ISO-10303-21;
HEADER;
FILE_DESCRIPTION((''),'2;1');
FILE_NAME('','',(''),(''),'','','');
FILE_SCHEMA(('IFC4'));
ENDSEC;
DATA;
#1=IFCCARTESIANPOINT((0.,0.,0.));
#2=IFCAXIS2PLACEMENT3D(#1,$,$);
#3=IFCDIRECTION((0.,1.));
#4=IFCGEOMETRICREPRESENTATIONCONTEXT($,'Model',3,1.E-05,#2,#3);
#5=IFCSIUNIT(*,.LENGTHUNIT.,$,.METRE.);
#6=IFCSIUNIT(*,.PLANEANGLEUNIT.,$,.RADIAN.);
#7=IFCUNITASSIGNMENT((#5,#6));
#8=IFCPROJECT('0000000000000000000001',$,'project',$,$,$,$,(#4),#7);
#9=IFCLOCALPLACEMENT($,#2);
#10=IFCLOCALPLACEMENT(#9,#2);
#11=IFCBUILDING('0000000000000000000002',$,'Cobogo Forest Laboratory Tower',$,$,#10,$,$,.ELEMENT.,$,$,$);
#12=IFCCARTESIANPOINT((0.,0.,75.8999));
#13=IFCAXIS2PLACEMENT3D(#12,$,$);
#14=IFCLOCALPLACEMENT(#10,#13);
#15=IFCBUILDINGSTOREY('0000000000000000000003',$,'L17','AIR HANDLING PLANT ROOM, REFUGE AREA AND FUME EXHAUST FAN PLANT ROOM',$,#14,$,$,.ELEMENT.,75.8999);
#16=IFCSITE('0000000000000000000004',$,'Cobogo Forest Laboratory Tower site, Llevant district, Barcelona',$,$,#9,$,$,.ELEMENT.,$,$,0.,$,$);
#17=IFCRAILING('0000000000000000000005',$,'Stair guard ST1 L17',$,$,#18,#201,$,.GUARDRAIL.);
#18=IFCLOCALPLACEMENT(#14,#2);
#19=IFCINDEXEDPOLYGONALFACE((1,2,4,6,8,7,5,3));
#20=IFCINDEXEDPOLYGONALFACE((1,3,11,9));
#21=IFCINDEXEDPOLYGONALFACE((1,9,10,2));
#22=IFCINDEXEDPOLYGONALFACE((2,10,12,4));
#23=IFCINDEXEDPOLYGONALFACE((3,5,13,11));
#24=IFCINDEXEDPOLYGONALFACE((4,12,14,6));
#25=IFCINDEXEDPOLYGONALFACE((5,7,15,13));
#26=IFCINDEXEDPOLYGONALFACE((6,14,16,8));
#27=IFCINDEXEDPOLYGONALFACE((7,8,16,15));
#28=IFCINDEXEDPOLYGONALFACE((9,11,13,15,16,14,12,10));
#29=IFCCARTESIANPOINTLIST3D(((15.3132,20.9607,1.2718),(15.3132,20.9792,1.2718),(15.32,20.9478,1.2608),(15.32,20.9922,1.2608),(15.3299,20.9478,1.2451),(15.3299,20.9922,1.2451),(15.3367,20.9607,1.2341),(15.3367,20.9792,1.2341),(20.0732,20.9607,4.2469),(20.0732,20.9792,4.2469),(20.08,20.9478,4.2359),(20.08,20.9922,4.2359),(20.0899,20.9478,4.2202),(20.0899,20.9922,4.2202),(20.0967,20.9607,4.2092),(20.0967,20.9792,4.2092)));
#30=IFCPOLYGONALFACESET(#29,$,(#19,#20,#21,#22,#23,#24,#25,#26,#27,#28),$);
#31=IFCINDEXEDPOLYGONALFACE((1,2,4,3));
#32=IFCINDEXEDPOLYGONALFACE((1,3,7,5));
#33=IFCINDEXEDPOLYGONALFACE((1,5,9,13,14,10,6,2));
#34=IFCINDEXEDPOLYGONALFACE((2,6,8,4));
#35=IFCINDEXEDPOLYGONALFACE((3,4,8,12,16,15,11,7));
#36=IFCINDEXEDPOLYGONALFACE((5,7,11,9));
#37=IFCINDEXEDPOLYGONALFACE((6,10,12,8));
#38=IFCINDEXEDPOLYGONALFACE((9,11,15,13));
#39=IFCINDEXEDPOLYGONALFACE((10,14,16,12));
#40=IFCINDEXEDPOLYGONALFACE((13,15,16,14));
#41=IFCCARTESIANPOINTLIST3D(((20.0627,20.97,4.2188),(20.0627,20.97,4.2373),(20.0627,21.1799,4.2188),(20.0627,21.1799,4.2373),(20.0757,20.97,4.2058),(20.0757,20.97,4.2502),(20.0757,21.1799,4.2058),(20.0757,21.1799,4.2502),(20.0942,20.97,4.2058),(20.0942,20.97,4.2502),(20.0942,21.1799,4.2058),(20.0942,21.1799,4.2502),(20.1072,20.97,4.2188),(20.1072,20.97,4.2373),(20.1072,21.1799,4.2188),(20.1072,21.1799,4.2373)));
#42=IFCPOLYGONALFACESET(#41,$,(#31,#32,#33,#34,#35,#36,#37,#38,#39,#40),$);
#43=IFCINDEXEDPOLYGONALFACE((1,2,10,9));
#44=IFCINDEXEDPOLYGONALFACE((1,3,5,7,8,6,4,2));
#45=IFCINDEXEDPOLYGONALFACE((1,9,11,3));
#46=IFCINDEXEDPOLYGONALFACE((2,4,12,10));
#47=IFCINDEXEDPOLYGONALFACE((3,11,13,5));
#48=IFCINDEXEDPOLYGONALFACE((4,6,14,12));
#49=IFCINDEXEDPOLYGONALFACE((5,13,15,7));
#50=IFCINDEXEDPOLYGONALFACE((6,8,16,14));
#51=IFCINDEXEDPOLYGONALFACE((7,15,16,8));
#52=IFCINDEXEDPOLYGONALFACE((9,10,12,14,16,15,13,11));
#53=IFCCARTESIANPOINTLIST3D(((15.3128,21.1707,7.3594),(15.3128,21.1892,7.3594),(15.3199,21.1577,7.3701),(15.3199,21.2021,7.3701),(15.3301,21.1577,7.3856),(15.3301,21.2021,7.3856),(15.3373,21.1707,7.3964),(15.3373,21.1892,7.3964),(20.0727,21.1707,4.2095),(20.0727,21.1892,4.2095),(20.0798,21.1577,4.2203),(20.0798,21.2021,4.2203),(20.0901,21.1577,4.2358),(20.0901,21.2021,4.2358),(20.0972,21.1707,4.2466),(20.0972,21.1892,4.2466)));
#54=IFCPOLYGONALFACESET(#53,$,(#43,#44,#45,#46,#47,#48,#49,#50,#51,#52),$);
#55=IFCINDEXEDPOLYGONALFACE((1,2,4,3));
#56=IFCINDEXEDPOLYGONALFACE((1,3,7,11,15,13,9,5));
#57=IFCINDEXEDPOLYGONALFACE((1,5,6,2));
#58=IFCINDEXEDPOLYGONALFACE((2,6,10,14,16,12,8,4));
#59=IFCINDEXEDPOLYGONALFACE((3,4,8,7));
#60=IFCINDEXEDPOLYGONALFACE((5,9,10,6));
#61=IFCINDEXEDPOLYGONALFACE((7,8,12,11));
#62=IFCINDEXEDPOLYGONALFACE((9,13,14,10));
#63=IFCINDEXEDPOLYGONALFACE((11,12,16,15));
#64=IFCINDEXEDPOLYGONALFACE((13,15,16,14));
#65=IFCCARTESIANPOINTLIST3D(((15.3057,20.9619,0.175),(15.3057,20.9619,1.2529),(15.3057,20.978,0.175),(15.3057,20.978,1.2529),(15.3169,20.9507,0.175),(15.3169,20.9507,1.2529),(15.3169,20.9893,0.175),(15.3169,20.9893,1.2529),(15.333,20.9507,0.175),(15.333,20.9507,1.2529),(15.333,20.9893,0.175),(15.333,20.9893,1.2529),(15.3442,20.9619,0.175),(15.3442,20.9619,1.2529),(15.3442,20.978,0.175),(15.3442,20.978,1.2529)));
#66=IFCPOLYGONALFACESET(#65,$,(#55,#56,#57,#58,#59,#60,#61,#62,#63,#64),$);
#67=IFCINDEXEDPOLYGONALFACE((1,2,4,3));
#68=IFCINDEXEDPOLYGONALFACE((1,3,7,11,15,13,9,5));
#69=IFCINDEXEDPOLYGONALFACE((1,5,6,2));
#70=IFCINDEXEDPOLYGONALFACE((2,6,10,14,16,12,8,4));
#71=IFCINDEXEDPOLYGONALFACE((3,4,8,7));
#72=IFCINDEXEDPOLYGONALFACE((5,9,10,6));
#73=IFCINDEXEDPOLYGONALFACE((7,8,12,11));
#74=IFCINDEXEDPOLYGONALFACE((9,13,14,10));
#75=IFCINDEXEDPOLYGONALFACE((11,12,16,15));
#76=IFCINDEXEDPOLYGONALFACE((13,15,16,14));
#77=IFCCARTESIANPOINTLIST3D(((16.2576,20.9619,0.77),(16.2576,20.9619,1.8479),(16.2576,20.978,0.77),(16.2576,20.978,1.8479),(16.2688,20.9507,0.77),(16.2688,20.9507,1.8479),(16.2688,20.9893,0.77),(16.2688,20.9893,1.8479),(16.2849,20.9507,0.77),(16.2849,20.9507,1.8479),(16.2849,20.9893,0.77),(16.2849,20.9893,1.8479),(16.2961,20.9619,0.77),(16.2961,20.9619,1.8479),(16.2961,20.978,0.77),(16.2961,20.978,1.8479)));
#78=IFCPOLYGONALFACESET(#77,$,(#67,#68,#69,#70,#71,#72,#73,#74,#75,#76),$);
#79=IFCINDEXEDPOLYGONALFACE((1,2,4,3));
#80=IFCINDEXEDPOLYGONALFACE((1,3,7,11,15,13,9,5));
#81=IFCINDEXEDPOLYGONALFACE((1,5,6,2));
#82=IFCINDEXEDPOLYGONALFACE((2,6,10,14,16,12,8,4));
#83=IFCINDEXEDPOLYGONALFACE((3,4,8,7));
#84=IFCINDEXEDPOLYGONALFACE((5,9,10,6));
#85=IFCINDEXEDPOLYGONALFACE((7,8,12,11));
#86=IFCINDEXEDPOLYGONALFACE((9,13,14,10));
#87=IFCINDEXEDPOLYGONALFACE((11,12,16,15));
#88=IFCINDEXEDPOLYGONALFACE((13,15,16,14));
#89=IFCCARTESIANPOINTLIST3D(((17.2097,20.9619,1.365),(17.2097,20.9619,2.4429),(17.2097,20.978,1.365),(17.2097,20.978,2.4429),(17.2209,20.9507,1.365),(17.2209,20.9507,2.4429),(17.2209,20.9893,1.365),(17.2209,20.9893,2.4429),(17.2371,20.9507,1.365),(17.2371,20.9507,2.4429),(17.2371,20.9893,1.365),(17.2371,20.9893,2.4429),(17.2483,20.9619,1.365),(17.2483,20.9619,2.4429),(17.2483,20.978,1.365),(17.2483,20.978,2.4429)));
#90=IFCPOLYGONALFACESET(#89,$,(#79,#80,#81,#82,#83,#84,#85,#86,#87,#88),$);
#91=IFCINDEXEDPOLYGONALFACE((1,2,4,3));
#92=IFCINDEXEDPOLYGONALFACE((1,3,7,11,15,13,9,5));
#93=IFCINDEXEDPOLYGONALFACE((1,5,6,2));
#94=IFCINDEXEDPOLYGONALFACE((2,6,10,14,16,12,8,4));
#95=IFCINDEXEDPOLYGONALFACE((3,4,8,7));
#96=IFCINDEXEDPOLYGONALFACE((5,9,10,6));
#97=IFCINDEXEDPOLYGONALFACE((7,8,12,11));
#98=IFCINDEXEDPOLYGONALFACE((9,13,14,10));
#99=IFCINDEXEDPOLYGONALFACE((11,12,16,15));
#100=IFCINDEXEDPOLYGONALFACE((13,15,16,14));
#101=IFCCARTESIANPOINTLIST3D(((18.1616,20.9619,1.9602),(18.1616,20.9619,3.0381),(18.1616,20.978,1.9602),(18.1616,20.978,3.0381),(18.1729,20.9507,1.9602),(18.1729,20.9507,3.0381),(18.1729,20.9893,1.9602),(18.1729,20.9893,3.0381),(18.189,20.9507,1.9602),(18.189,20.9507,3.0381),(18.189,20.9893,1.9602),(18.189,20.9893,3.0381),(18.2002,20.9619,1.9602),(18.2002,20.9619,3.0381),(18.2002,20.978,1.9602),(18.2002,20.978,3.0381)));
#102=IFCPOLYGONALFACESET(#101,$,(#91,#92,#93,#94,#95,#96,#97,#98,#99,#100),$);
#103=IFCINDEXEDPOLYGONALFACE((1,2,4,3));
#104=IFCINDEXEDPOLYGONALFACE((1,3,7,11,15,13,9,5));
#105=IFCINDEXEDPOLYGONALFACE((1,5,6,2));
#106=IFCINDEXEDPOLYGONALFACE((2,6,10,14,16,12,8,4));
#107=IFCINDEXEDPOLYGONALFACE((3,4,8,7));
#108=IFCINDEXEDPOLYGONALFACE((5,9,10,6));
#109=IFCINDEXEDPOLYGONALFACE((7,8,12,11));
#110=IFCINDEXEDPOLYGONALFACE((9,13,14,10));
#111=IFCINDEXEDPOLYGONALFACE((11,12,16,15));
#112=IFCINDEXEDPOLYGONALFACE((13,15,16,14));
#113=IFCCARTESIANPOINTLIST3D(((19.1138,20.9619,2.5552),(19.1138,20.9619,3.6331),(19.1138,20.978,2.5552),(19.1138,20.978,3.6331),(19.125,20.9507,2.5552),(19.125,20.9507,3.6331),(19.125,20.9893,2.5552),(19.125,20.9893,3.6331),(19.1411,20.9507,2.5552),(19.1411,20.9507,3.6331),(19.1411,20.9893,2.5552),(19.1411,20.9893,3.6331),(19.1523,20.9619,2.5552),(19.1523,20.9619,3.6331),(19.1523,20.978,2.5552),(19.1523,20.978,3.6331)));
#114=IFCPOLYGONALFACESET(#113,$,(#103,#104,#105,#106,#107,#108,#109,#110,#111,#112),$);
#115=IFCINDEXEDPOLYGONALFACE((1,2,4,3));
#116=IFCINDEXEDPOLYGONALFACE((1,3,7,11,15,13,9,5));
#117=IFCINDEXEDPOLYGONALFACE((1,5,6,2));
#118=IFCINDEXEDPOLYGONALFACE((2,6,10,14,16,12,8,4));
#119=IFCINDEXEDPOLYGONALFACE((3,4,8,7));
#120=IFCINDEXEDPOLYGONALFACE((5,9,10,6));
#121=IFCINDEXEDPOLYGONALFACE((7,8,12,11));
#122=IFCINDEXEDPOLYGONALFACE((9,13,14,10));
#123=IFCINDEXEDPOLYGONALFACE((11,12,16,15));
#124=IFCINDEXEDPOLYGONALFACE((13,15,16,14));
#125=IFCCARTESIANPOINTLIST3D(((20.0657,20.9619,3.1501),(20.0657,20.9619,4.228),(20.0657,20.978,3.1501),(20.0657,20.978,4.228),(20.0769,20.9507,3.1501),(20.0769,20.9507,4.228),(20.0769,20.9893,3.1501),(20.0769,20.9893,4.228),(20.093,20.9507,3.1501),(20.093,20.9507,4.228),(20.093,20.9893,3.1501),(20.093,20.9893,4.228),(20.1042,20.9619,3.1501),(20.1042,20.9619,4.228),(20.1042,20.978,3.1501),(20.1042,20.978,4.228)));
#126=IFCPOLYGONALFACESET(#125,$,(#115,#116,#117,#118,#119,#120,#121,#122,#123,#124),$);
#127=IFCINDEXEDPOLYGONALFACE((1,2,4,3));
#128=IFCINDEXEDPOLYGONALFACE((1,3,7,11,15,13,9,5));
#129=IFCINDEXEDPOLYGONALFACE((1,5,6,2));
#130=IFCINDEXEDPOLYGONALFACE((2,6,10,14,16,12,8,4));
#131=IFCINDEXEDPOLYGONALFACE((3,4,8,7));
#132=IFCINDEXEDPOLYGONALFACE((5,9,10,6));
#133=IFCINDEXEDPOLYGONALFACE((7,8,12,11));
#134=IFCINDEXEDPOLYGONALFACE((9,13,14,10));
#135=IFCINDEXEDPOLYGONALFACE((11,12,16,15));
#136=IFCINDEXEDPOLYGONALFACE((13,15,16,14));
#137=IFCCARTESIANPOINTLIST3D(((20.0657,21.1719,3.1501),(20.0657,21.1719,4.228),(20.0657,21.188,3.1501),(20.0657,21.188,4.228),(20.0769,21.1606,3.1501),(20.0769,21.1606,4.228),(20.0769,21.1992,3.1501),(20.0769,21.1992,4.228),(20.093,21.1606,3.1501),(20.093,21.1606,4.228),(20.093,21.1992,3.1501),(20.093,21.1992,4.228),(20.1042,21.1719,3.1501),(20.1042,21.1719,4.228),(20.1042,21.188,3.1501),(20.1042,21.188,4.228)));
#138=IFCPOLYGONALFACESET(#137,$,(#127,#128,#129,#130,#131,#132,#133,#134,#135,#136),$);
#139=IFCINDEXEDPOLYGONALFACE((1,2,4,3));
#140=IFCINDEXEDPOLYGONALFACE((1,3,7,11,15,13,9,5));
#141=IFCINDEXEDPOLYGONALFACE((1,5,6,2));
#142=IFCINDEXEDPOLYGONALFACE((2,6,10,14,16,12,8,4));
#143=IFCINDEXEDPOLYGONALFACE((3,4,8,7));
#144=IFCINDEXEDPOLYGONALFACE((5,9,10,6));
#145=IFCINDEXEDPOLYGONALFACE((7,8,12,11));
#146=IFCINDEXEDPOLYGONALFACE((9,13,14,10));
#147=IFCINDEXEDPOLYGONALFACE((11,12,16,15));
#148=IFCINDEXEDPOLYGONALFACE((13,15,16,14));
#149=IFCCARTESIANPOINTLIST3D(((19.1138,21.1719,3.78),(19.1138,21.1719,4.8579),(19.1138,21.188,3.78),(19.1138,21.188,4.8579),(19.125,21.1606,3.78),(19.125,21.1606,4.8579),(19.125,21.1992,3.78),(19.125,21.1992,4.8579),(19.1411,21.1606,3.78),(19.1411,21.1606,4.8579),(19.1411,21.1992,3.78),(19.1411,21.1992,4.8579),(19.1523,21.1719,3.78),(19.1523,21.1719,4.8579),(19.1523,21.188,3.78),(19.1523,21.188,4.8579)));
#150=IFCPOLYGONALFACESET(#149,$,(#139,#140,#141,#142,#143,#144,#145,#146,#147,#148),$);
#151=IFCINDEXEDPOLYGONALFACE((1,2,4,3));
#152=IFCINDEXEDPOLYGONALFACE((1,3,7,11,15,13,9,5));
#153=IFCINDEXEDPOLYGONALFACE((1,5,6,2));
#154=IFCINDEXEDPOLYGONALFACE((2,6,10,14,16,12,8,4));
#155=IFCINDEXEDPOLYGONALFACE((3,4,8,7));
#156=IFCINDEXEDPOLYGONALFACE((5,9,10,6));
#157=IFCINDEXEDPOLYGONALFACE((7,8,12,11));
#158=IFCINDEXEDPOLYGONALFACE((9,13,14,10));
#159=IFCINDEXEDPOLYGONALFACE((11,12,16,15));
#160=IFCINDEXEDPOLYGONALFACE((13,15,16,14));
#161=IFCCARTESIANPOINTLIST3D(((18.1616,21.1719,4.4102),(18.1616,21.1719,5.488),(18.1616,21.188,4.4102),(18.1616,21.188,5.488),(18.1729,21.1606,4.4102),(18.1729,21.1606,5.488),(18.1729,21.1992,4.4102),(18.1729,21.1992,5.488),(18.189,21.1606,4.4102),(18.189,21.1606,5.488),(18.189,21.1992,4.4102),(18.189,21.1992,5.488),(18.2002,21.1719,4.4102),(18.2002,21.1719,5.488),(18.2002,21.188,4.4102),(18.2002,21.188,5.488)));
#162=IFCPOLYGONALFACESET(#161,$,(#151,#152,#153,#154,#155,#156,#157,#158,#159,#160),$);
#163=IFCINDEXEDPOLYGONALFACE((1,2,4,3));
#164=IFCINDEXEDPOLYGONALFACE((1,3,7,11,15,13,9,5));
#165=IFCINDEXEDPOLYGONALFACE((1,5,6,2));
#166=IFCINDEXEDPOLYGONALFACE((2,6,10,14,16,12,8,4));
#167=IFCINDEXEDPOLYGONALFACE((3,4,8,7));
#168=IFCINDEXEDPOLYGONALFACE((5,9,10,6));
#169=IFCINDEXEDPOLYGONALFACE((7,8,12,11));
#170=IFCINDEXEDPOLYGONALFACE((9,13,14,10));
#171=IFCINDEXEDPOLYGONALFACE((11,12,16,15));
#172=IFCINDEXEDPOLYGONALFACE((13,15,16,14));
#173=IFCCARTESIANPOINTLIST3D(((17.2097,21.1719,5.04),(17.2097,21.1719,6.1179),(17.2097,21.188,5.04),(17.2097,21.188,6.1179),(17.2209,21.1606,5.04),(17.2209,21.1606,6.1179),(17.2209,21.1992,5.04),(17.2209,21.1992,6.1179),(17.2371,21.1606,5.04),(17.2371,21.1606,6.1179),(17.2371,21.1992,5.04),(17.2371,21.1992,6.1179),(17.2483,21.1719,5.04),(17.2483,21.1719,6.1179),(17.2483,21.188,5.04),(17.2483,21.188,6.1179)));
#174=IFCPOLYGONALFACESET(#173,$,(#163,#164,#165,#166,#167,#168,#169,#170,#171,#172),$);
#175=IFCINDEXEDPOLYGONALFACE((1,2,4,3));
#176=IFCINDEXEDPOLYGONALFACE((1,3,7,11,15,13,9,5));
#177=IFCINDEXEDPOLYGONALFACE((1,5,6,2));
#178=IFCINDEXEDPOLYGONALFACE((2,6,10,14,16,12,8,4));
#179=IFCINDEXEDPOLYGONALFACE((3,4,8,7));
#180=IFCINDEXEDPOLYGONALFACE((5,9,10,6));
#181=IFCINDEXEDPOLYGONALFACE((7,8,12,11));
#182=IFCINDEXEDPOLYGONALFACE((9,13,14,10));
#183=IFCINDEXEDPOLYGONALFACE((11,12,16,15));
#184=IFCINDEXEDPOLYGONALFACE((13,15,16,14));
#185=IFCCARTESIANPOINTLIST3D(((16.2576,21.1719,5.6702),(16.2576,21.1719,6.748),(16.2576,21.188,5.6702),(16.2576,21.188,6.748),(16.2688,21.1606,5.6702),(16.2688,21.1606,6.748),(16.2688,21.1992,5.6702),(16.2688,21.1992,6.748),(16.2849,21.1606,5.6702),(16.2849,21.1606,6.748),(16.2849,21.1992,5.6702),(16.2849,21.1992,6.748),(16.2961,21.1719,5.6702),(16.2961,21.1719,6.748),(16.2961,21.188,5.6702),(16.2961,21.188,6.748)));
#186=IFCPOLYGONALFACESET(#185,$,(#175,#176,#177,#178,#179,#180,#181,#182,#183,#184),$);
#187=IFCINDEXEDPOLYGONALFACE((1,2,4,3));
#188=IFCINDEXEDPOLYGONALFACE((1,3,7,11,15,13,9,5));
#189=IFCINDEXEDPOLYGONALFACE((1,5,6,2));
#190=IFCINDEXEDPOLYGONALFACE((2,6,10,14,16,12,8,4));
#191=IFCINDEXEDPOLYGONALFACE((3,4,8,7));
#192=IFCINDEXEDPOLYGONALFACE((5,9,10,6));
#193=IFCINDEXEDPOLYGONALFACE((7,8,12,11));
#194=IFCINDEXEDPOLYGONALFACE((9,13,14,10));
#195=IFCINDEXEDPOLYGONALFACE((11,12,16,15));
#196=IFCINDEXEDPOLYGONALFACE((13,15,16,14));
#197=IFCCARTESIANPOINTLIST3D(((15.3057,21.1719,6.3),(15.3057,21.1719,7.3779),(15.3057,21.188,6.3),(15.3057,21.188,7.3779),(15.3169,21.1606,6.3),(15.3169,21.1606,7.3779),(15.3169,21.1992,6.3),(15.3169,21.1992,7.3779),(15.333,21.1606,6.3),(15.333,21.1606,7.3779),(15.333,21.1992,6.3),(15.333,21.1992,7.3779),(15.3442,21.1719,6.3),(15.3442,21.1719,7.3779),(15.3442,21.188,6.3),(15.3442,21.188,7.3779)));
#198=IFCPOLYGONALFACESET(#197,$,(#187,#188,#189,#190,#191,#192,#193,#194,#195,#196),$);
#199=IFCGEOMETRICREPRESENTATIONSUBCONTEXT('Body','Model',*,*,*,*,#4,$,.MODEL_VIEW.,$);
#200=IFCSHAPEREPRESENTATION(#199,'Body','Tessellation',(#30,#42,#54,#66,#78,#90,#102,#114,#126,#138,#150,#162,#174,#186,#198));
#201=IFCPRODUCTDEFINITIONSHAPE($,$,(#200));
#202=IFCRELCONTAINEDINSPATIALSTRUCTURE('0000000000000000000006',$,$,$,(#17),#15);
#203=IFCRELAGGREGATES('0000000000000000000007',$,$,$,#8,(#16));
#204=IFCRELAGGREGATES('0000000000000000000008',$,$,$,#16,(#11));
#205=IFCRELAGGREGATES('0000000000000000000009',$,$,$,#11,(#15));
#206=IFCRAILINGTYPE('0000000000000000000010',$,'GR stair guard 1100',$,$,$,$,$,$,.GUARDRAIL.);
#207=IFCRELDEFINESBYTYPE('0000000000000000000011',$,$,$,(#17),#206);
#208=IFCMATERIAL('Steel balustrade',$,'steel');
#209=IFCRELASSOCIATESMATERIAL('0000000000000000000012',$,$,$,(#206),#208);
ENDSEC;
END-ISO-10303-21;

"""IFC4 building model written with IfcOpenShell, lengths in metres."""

from ifc_helpers import new_model, si_unit, direction, frame, origin, place, context, subcontext, project, spatial, polyline, outline, extrude, material, type_object, element, save


model = new_model("IFC4")

# Units and contexts
model_context = context("Model", 3, precision=1e-05, world=origin(), true_north=direction((0.0, 1.0)))
body_context = subcontext(model_context, "Body", "Model", "MODEL_VIEW")
ifc_project = project(units=[si_unit("LENGTHUNIT", "METRE"), si_unit("PLANEANGLEUNIT", "RADIAN")], contexts=[model_context])

# Site, building, storey
site_placement = place(None, origin())
site = spatial("IfcSite", under=ifc_project, at=site_placement, Name="Cobogo Forest Laboratory Tower site, Llevant district, Barcelona", CompositionType="ELEMENT", RefElevation=0.0)
building_placement = place(site_placement, origin())
building = spatial("IfcBuilding", under=site, at=building_placement, Name="Cobogo Forest Laboratory Tower", CompositionType="ELEMENT")
storey_placement = place(building_placement, frame((0.0, 0.0, 75.8999)))
storey = spatial("IfcBuildingStorey", under=building, at=storey_placement, Name="L17", Description="AIR HANDLING PLANT ROOM, REFUGE AREA AND FUME EXHAUST FAN PLANT ROOM", CompositionType="ELEMENT", Elevation=75.8999)

# Railing
ifc_material_1 = material(Name="Steel balustrade", Category="steel")
railing_type_1 = type_object("IfcRailingType", Name="GR stair guard 1100", PredefinedType="GUARDRAIL", material=ifc_material_1)
railing_1_placement = place(storey_placement, frame((15.325, 20.97, 0.175)))
element("IfcRailing", 1, at=railing_1_placement, inside=storey, type_object=railing_type_1, Name="Stair guard ST1 L17", PredefinedType="GUARDRAIL", context=body_context, shape_type="SweptSolid", body=[
    extrude(outline(polyline([(0.0222, 0.0093), (0.0093, 0.0222), (-0.0093, 0.0222), (-0.0222, 0.0093), (-0.0222, -0.0093), (-0.0093, -0.0222), (0.0093, -0.0222), (0.0222, -0.0093), (0.0222, 0.0093)])), frame((0.0, 0.0, 1.0779), z_axis=(0.847991, 0.0, 0.530011), x_axis=(0.0, 1.0, 0.0)), (0.0, 0.0, 1.0), 5.6133),
    extrude(outline(polyline([(0.0222, 0.0093), (0.0093, 0.0222), (-0.0093, 0.0222), (-0.0222, 0.0093), (-0.0222, -0.0093), (-0.0093, -0.0222), (0.0093, -0.0222), (0.0222, -0.0093), (0.0222, 0.0093)])), frame((4.76, 0.0, 4.053), z_axis=(0.0, 1.0, 0.0), x_axis=(-1.0, 0.0, 0.0)), (0.0, 0.0, 1.0), 0.21),
    extrude(outline(polyline([(0.0222, 0.0093), (0.0093, 0.0222), (-0.0093, 0.0222), (-0.0222, 0.0093), (-0.0222, -0.0093), (-0.0093, -0.0222), (0.0093, -0.0222), (0.0222, -0.0093), (0.0222, 0.0093)])), frame((4.76, 0.21, 4.053), z_axis=(-0.833941, 0.0, 0.551854), x_axis=(0.0, -1.0, 0.0)), (0.0, 0.0, 1.0), 5.7078),
    extrude(outline(polyline([(0.0193, 0.0081), (0.0081, 0.0193), (-0.0081, 0.0193), (-0.0193, 0.0081), (-0.0193, -0.0081), (-0.0081, -0.0193), (0.0081, -0.0193), (0.0193, -0.0081), (0.0193, 0.0081)])), origin(), (0.0, 0.0, 1.0), 1.0779),
    extrude(outline(polyline([(0.0193, 0.0081), (0.0081, 0.0193), (-0.0081, 0.0193), (-0.0193, 0.0081), (-0.0193, -0.0081), (-0.0081, -0.0193), (0.0081, -0.0193), (0.0193, -0.0081), (0.0193, 0.0081)])), frame((0.9519, 0.0, 0.595)), (0.0, 0.0, 1.0), 1.0779),
    extrude(outline(polyline([(0.0193, 0.0081), (0.0081, 0.0193), (-0.0081, 0.0193), (-0.0193, 0.0081), (-0.0193, -0.0081), (-0.0081, -0.0193), (0.0081, -0.0193), (0.0193, -0.0081), (0.0193, 0.0081)])), frame((1.9041, 0.0, 1.1899)), (0.0, 0.0, 1.0), 1.0779),
    extrude(outline(polyline([(0.0193, 0.0081), (0.0081, 0.0193), (-0.0081, 0.0193), (-0.0193, 0.0081), (-0.0193, -0.0081), (-0.0081, -0.0193), (0.0081, -0.0193), (0.0193, -0.0081), (0.0193, 0.0081)])), frame((2.856, 0.0, 1.7852)), (0.0, 0.0, 1.0), 1.0779),
    extrude(outline(polyline([(0.0193, 0.0081), (0.0081, 0.0193), (-0.0081, 0.0193), (-0.0193, 0.0081), (-0.0193, -0.0081), (-0.0081, -0.0193), (0.0081, -0.0193), (0.0193, -0.0081), (0.0193, 0.0081)])), frame((3.8081, 0.0, 2.3801)), (0.0, 0.0, 1.0), 1.0779),
    extrude(outline(polyline([(0.0193, 0.0081), (0.0081, 0.0193), (-0.0081, 0.0193), (-0.0193, 0.0081), (-0.0193, -0.0081), (-0.0081, -0.0193), (0.0081, -0.0193), (0.0193, -0.0081), (0.0193, 0.0081)])), frame((4.76, 0.0, 2.9751)), (0.0, 0.0, 1.0), 1.0779),
    extrude(outline(polyline([(0.0193, 0.0081), (0.0081, 0.0193), (-0.0081, 0.0193), (-0.0193, 0.0081), (-0.0193, -0.0081), (-0.0081, -0.0193), (0.0081, -0.0193), (0.0193, -0.0081), (0.0193, 0.0081)])), frame((4.76, 0.21, 2.9751)), (0.0, 0.0, 1.0), 1.0779),
    extrude(outline(polyline([(0.0193, 0.0081), (0.0081, 0.0193), (-0.0081, 0.0193), (-0.0193, 0.0081), (-0.0193, -0.0081), (-0.0081, -0.0193), (0.0081, -0.0193), (0.0193, -0.0081), (0.0193, 0.0081)])), frame((3.8081, 0.21, 3.605)), (0.0, 0.0, 1.0), 1.0779),
    extrude(outline(polyline([(0.0193, 0.0081), (0.0081, 0.0193), (-0.0081, 0.0193), (-0.0193, 0.0081), (-0.0193, -0.0081), (-0.0081, -0.0193), (0.0081, -0.0193), (0.0193, -0.0081), (0.0193, 0.0081)])), frame((2.856, 0.21, 4.2351)), (0.0, 0.0, 1.0), 1.0779),
    extrude(outline(polyline([(0.0193, 0.0081), (0.0081, 0.0193), (-0.0081, 0.0193), (-0.0193, 0.0081), (-0.0193, -0.0081), (-0.0081, -0.0193), (0.0081, -0.0193), (0.0193, -0.0081), (0.0193, 0.0081)])), frame((1.9041, 0.21, 4.865)), (0.0, 0.0, 1.0), 1.0779),
    extrude(outline(polyline([(0.0193, 0.0081), (0.0081, 0.0193), (-0.0081, 0.0193), (-0.0193, 0.0081), (-0.0193, -0.0081), (-0.0081, -0.0193), (0.0081, -0.0193), (0.0193, -0.0081), (0.0193, 0.0081)])), frame((0.9519, 0.21, 5.4951)), (0.0, 0.0, 1.0), 1.0779),
    extrude(outline(polyline([(0.0193, 0.0081), (0.0081, 0.0193), (-0.0081, 0.0193), (-0.0193, 0.0081), (-0.0193, -0.0081), (-0.0081, -0.0193), (0.0081, -0.0193), (0.0193, -0.0081), (0.0193, 0.0081)])), frame((0.0, 0.21, 6.125)), (0.0, 0.0, 1.0), 1.0779),
])

save(model, "model.ifc")
